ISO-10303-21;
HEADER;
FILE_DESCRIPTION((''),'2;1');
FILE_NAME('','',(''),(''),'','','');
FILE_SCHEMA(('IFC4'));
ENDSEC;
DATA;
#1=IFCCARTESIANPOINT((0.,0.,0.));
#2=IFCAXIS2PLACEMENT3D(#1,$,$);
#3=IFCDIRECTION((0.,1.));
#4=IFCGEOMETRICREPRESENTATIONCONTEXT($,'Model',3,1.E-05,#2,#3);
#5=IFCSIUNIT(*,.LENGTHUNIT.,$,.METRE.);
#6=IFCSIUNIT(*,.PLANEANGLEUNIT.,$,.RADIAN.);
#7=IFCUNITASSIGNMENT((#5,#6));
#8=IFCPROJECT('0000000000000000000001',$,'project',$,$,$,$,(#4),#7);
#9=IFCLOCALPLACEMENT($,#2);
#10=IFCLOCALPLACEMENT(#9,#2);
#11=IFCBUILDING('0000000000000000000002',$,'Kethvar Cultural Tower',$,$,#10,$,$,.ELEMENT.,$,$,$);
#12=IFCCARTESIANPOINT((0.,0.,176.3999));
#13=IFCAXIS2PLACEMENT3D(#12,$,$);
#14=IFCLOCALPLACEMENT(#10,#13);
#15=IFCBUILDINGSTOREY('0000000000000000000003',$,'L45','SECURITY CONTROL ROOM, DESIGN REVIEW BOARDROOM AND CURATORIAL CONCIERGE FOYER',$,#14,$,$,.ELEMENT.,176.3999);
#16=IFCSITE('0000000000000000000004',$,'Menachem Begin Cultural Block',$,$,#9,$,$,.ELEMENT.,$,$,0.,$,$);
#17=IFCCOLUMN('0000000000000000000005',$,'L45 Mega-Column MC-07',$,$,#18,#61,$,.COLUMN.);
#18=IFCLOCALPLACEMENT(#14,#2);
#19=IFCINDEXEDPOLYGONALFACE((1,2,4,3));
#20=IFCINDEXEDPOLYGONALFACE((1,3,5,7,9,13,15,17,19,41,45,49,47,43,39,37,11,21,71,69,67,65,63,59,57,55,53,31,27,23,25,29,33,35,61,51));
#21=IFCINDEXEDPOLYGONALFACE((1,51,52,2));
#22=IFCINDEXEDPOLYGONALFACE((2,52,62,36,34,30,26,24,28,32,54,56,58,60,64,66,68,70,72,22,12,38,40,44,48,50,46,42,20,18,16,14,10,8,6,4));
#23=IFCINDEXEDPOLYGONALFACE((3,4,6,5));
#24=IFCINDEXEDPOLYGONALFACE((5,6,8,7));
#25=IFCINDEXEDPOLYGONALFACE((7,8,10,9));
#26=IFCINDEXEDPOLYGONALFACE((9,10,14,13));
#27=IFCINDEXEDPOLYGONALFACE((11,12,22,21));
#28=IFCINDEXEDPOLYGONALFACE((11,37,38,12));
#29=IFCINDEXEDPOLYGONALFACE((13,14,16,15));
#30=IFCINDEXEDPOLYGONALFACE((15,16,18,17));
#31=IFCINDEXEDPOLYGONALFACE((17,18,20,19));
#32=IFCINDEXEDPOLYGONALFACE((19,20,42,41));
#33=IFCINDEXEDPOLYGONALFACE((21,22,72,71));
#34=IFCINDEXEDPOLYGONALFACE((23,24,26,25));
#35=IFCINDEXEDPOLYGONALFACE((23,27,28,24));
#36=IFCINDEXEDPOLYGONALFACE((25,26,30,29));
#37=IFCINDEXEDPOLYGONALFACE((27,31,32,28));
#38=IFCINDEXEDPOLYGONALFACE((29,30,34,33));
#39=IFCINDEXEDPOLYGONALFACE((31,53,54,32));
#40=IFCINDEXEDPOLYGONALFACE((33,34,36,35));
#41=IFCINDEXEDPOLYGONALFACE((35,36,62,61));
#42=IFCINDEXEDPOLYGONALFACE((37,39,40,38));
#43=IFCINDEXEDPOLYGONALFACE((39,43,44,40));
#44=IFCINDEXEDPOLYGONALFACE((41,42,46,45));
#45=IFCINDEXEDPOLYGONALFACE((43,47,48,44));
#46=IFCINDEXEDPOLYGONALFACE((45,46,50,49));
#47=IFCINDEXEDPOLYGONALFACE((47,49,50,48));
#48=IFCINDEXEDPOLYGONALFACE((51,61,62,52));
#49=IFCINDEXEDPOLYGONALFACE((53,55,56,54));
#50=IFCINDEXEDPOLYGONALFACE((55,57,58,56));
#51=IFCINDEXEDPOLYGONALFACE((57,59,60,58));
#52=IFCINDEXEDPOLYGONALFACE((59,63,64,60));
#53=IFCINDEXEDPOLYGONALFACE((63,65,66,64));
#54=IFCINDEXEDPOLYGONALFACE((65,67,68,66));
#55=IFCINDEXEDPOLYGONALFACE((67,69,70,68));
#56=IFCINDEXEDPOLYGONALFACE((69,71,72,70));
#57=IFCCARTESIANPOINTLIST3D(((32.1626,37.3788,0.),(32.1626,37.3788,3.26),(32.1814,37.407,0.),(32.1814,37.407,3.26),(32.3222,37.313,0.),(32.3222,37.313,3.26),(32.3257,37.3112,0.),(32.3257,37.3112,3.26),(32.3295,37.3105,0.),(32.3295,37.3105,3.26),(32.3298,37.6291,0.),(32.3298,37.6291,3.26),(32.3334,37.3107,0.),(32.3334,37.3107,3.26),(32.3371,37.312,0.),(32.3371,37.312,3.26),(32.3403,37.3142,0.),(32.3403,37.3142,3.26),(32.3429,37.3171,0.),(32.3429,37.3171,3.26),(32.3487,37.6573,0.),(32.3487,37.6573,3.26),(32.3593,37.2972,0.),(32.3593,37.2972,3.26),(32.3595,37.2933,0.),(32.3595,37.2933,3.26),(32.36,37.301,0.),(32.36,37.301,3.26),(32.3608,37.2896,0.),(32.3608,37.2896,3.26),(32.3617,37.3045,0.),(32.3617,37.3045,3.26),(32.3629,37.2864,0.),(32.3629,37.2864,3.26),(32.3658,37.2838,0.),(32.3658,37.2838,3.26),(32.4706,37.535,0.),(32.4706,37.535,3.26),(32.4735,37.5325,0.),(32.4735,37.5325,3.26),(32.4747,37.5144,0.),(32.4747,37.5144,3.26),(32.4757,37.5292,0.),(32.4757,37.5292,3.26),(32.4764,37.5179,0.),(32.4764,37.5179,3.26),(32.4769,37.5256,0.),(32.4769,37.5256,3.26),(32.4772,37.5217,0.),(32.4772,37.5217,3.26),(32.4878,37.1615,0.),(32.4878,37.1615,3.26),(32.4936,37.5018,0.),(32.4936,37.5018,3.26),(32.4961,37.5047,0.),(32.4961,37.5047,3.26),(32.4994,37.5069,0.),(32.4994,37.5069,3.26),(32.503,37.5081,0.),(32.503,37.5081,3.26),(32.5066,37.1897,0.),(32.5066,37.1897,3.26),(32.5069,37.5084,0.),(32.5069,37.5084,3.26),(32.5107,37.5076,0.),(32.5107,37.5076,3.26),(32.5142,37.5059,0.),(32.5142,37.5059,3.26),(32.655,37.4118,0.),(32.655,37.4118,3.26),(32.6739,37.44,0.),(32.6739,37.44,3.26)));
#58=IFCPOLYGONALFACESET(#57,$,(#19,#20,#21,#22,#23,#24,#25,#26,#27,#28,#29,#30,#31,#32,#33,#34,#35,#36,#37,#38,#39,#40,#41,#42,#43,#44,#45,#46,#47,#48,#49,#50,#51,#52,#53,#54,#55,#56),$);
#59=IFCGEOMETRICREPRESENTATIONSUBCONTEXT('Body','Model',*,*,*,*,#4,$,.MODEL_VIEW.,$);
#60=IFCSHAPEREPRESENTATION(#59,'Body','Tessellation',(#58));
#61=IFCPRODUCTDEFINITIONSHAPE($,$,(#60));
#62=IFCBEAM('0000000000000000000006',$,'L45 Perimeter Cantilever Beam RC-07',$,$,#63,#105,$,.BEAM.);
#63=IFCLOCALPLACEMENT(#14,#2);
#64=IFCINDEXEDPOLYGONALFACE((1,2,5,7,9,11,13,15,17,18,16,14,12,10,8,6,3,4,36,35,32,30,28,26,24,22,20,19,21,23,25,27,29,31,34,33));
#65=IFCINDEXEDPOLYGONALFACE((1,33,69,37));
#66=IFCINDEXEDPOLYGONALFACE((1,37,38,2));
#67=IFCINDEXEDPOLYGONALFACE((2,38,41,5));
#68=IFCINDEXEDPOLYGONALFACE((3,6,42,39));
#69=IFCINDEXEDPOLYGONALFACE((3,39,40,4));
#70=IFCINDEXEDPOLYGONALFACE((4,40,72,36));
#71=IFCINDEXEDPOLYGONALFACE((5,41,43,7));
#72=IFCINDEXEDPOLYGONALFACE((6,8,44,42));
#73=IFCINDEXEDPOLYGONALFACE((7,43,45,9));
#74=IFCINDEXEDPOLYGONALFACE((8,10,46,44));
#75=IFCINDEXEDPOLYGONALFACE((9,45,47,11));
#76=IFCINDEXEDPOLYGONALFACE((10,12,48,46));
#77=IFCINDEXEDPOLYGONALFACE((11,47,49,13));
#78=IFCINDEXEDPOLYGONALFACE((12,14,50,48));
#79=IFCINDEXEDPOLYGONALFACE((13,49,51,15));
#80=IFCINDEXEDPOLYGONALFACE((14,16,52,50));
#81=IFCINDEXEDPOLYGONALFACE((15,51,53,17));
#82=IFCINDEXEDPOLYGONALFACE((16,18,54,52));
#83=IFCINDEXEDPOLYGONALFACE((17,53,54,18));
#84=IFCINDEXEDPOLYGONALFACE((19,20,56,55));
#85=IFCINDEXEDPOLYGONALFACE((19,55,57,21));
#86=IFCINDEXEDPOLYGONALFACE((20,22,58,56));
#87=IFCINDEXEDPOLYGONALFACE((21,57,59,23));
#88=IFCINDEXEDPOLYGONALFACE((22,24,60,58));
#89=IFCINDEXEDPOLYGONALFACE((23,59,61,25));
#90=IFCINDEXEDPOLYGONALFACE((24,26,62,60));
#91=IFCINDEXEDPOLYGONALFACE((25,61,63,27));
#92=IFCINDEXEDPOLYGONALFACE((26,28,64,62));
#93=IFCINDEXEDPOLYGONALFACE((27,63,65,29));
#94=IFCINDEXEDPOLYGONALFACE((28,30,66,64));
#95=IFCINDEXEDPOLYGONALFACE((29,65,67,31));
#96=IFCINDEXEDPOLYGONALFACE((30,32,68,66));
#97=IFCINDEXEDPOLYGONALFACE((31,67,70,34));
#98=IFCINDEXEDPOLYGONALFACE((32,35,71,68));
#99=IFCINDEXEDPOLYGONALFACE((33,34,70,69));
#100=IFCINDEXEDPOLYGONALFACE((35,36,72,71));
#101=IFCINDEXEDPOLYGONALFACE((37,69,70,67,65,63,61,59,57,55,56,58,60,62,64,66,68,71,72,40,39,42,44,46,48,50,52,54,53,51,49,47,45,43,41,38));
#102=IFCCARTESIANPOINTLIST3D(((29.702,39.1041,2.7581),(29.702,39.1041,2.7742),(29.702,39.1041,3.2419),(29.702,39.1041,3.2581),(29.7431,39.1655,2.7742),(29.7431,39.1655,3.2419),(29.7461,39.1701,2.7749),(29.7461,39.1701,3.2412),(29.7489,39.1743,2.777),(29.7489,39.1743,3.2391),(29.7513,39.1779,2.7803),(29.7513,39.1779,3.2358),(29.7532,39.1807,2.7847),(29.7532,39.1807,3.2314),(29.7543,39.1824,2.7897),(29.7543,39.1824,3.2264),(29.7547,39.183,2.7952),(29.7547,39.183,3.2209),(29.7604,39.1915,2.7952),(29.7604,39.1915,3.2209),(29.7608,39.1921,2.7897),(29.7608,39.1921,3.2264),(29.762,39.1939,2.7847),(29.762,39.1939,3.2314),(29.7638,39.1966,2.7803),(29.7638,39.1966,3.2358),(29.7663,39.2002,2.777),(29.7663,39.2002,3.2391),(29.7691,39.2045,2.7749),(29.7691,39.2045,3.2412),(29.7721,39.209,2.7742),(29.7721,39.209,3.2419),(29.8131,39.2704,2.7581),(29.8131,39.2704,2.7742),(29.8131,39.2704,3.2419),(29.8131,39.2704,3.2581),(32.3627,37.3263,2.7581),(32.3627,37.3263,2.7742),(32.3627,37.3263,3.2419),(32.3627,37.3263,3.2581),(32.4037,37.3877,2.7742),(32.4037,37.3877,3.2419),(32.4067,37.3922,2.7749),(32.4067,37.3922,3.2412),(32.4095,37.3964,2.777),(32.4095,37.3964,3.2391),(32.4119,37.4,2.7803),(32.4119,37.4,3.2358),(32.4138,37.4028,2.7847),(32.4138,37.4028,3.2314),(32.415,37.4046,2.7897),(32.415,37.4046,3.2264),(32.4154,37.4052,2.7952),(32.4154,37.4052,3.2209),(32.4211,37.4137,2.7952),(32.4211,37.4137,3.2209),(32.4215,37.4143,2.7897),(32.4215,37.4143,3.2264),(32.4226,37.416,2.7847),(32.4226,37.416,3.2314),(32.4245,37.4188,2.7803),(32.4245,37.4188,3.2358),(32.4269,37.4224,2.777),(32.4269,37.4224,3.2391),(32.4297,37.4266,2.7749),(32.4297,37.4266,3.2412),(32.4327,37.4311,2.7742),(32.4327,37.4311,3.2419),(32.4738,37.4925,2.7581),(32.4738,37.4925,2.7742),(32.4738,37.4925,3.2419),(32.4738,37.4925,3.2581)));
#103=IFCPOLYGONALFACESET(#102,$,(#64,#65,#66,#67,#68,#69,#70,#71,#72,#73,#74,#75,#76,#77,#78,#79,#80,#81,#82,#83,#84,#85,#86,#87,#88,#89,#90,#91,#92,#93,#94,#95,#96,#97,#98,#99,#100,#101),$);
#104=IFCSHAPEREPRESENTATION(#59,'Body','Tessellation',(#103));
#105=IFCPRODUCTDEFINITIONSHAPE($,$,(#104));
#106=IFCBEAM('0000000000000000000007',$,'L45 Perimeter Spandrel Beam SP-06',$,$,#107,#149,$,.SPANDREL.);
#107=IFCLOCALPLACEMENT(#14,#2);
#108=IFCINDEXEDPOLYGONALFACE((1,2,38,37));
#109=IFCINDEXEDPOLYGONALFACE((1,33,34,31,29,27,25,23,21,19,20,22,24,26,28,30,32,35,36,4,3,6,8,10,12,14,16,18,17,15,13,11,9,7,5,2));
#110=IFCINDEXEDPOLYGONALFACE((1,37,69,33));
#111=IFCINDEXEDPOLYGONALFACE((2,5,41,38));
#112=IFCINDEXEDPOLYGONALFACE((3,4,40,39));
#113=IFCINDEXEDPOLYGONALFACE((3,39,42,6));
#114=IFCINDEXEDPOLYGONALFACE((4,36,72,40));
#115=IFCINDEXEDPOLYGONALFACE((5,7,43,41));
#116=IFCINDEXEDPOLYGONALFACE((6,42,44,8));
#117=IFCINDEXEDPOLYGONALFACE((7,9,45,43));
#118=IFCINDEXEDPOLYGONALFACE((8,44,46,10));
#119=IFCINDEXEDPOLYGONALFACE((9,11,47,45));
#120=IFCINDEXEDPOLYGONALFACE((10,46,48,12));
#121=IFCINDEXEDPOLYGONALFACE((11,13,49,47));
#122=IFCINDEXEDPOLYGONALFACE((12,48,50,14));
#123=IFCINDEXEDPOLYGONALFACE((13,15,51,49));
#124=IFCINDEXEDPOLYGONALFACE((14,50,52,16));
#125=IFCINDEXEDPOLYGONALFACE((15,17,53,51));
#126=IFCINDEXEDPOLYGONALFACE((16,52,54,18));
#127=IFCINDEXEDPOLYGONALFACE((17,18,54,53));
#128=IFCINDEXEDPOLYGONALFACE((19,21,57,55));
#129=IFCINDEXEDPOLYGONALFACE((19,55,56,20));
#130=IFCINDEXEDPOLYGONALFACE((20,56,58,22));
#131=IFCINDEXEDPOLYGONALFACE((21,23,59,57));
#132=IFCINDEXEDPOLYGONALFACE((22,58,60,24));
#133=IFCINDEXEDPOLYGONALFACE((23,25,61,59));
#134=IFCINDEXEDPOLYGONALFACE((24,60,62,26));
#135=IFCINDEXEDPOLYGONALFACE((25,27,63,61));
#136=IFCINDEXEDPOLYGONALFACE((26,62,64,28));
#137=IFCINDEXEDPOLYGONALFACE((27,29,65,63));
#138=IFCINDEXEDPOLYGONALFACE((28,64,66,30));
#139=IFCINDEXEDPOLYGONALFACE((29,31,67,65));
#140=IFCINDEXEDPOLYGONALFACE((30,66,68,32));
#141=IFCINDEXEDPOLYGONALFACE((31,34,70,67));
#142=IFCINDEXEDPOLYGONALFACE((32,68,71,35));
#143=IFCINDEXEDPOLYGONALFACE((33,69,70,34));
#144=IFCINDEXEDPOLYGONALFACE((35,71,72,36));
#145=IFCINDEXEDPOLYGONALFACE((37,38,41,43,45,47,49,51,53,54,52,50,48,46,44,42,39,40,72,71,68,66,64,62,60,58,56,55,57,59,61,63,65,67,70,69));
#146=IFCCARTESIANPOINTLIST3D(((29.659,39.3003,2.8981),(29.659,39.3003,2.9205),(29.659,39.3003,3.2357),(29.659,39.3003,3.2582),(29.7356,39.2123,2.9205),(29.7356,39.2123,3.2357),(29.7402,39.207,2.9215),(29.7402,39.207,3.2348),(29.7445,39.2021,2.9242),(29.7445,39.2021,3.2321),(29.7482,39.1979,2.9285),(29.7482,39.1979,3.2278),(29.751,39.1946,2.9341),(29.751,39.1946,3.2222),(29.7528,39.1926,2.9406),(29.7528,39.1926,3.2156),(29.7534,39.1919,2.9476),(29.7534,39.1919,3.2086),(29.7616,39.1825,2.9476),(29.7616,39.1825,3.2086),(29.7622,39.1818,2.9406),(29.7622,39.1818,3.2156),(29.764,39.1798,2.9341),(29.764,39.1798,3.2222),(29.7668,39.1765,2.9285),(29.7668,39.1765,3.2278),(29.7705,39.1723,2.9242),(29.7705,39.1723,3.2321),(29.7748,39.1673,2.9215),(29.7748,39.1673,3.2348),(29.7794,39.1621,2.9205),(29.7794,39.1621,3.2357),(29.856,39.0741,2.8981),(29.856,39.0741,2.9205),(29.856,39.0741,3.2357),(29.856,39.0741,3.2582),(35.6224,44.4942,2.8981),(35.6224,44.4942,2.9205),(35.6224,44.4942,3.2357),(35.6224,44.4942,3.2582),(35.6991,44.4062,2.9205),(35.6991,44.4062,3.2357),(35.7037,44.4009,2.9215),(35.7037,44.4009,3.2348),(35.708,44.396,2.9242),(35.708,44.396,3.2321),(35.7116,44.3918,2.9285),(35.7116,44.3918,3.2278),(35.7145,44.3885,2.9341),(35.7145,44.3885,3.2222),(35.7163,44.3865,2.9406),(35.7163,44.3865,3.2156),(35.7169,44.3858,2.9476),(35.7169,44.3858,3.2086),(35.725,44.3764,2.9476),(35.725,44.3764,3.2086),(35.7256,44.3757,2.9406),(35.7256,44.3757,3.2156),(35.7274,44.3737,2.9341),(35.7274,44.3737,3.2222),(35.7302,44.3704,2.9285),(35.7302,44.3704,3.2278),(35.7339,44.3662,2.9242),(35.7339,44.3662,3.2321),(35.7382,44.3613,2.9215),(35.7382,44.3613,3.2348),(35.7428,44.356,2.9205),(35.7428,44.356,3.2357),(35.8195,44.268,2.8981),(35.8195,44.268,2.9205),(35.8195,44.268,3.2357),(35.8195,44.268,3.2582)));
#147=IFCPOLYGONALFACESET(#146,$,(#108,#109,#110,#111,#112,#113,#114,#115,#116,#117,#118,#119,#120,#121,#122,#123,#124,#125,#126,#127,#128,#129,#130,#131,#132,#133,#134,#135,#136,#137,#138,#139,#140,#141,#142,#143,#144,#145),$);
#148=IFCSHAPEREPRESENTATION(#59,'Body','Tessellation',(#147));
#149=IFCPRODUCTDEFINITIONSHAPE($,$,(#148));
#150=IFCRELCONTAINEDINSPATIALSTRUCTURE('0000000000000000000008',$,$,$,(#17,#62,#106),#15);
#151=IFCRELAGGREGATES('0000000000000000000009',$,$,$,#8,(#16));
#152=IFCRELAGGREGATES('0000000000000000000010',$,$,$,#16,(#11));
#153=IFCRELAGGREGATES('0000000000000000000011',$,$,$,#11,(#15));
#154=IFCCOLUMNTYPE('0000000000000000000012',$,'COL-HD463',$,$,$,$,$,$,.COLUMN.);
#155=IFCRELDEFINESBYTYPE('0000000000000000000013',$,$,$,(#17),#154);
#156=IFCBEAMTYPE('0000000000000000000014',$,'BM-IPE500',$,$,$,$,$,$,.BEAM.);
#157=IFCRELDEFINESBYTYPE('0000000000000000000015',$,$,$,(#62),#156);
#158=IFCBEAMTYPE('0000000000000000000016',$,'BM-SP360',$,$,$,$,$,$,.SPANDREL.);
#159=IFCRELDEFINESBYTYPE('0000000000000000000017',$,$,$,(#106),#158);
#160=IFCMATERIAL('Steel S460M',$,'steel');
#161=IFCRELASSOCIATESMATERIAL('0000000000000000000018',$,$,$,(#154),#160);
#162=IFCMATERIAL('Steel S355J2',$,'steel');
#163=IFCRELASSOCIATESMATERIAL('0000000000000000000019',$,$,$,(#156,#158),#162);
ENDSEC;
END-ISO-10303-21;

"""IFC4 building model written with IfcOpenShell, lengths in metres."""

from ifc_helpers import new_model, si_unit, direction, frame, origin, origin_2d, place, context, subcontext, project, spatial, i_section, extrude, source, transform, mapped, material, material_profile, profile_set, type_object, element, save


model = new_model("IFC4")

# Units and contexts
model_context = context("Model", 3, precision=1e-05, world=origin(), true_north=direction((0.0, 1.0)))
body_context = subcontext(model_context, "Body", "Model", "MODEL_VIEW")
ifc_project = project(units=[si_unit("LENGTHUNIT", "METRE"), si_unit("PLANEANGLEUNIT", "RADIAN")], contexts=[model_context])

# Site, building, storey
site_placement = place(None, origin())
site = spatial("IfcSite", under=ifc_project, at=site_placement, Name="Menachem Begin Cultural Block", CompositionType="ELEMENT", RefElevation=0.0)
building_placement = place(site_placement, origin())
building = spatial("IfcBuilding", under=site, at=building_placement, Name="Kethvar Cultural Tower", CompositionType="ELEMENT")
storey_placement = place(building_placement, frame((0.0, 0.0, 176.3999)))
storey = spatial("IfcBuildingStorey", under=building, at=storey_placement, Name="L45", Description="SECURITY CONTROL ROOM, DESIGN REVIEW BOARDROOM AND CURATORIAL CONCIERGE FOYER", CompositionType="ELEMENT", Elevation=176.3999)

# Column
ifc_material_1 = material(Name="Steel S460M", Category="steel")
ifc_material_profile_1 = material_profile(ifc_material_1, i_section(OverallWidth=0.3911, OverallDepth=0.335, WebThickness=0.0227, FlangeThickness=0.0339, FilletRadius=0.0149, at=origin_2d()), Name="Steel S460M — HD400x463")
ifc_profile_set_1 = profile_set([ifc_material_profile_1], Name="Steel S460M — HD400x463")
column_type = type_object("IfcColumnType", Name="COL-HD463", PredefinedType="COLUMN", material=ifc_profile_set_1)
shared_shape_1 = source(origin(), body_context, "Body", "SweptSolid", [
    extrude(i_section(OverallWidth=0.3911, OverallDepth=0.335, WebThickness=0.0227, FlangeThickness=0.0339, FilletRadius=0.0149, at=origin_2d()), origin(), (0.0, 0.0, 1.0), 3.26),
])
column_placement = place(storey_placement, frame((32.4182, 37.4094, 0.0), z_axis=(0.0, 0.0, 1.0), x_axis=(-0.83147, 0.55557, 0.0)))
element("IfcColumn", 1, at=column_placement, inside=storey, type_object=column_type, Name="L45 Mega-Column MC-07", PredefinedType="COLUMN", context=body_context, shape_type="MappedRepresentation", body=[
    mapped(shared_shape_1, transform((0.0, 0.0, 0.0), scale=1.0)),
])

# Beams
ifc_material_2 = material(Name="Steel S355J2", Category="steel")
ifc_material_profile_2 = material_profile(ifc_material_2, i_section(OverallWidth=0.2, OverallDepth=0.5, WebThickness=0.0103, FlangeThickness=0.0161, FilletRadius=0.021, at=origin_2d()), Name="Steel S355J2 — IPE500")
ifc_profile_set_2 = profile_set([ifc_material_profile_2], Name="Steel S355J2 — IPE500")
beam_type_1 = type_object("IfcBeamType", Name="BM-IPE500", PredefinedType="BEAM", material=ifc_profile_set_2)
shared_shape_2 = source(origin(), body_context, "Body", "SweptSolid", [
    extrude(i_section(OverallWidth=0.2, OverallDepth=0.5, WebThickness=0.0103, FlangeThickness=0.0161, FilletRadius=0.021, at=origin_2d()), origin(), (0.0, 0.0, 1.0), 3.2),
])
beam_1_placement = place(storey_placement, frame((32.4182, 37.4094, 3.0081), z_axis=(-0.831463, 0.55558, 0.0), x_axis=(-0.55558, -0.831463, 0.0)))
element("IfcBeam", 2, at=beam_1_placement, inside=storey, type_object=beam_type_1, Name="L45 Perimeter Cantilever Beam RC-07", PredefinedType="BEAM", context=body_context, shape_type="MappedRepresentation", body=[
    mapped(shared_shape_2, transform((0.0, 0.0, 0.0), scale=1.0)),
])
ifc_material_profile_3 = material_profile(ifc_material_2, i_section(OverallWidth=0.3, OverallDepth=0.3601, WebThickness=0.0125, FlangeThickness=0.0225, FilletRadius=0.0271, at=origin_2d()), Name="Steel S355J2 — HEB360")
ifc_profile_set_3 = profile_set([ifc_material_profile_3], Name="Steel S355J2 — HEB360")
beam_type_2 = type_object("IfcBeamType", Name="BM-SP360", PredefinedType="SPANDREL", material=ifc_profile_set_3)
shared_shape_3 = source(origin(), body_context, "Body", "SweptSolid", [
    extrude(i_section(OverallWidth=0.3, OverallDepth=0.3601, WebThickness=0.0125, FlangeThickness=0.0225, FilletRadius=0.0271, at=origin_2d()), origin(), (0.0, 0.0, 1.0), 7.9082),
])
beam_2_placement = place(storey_placement, frame((35.7209, 44.3811, 3.0781), z_axis=(-0.754086, -0.656776, 0.0), x_axis=(0.656776, -0.754086, 0.0)))
element("IfcBeam", 3, at=beam_2_placement, inside=storey, type_object=beam_type_2, Name="L45 Perimeter Spandrel Beam SP-06", PredefinedType="SPANDREL", context=body_context, shape_type="MappedRepresentation", body=[
    mapped(shared_shape_3, transform((0.0, 0.0, 0.0), scale=1.0)),
])

save(model, "model.ifc")
